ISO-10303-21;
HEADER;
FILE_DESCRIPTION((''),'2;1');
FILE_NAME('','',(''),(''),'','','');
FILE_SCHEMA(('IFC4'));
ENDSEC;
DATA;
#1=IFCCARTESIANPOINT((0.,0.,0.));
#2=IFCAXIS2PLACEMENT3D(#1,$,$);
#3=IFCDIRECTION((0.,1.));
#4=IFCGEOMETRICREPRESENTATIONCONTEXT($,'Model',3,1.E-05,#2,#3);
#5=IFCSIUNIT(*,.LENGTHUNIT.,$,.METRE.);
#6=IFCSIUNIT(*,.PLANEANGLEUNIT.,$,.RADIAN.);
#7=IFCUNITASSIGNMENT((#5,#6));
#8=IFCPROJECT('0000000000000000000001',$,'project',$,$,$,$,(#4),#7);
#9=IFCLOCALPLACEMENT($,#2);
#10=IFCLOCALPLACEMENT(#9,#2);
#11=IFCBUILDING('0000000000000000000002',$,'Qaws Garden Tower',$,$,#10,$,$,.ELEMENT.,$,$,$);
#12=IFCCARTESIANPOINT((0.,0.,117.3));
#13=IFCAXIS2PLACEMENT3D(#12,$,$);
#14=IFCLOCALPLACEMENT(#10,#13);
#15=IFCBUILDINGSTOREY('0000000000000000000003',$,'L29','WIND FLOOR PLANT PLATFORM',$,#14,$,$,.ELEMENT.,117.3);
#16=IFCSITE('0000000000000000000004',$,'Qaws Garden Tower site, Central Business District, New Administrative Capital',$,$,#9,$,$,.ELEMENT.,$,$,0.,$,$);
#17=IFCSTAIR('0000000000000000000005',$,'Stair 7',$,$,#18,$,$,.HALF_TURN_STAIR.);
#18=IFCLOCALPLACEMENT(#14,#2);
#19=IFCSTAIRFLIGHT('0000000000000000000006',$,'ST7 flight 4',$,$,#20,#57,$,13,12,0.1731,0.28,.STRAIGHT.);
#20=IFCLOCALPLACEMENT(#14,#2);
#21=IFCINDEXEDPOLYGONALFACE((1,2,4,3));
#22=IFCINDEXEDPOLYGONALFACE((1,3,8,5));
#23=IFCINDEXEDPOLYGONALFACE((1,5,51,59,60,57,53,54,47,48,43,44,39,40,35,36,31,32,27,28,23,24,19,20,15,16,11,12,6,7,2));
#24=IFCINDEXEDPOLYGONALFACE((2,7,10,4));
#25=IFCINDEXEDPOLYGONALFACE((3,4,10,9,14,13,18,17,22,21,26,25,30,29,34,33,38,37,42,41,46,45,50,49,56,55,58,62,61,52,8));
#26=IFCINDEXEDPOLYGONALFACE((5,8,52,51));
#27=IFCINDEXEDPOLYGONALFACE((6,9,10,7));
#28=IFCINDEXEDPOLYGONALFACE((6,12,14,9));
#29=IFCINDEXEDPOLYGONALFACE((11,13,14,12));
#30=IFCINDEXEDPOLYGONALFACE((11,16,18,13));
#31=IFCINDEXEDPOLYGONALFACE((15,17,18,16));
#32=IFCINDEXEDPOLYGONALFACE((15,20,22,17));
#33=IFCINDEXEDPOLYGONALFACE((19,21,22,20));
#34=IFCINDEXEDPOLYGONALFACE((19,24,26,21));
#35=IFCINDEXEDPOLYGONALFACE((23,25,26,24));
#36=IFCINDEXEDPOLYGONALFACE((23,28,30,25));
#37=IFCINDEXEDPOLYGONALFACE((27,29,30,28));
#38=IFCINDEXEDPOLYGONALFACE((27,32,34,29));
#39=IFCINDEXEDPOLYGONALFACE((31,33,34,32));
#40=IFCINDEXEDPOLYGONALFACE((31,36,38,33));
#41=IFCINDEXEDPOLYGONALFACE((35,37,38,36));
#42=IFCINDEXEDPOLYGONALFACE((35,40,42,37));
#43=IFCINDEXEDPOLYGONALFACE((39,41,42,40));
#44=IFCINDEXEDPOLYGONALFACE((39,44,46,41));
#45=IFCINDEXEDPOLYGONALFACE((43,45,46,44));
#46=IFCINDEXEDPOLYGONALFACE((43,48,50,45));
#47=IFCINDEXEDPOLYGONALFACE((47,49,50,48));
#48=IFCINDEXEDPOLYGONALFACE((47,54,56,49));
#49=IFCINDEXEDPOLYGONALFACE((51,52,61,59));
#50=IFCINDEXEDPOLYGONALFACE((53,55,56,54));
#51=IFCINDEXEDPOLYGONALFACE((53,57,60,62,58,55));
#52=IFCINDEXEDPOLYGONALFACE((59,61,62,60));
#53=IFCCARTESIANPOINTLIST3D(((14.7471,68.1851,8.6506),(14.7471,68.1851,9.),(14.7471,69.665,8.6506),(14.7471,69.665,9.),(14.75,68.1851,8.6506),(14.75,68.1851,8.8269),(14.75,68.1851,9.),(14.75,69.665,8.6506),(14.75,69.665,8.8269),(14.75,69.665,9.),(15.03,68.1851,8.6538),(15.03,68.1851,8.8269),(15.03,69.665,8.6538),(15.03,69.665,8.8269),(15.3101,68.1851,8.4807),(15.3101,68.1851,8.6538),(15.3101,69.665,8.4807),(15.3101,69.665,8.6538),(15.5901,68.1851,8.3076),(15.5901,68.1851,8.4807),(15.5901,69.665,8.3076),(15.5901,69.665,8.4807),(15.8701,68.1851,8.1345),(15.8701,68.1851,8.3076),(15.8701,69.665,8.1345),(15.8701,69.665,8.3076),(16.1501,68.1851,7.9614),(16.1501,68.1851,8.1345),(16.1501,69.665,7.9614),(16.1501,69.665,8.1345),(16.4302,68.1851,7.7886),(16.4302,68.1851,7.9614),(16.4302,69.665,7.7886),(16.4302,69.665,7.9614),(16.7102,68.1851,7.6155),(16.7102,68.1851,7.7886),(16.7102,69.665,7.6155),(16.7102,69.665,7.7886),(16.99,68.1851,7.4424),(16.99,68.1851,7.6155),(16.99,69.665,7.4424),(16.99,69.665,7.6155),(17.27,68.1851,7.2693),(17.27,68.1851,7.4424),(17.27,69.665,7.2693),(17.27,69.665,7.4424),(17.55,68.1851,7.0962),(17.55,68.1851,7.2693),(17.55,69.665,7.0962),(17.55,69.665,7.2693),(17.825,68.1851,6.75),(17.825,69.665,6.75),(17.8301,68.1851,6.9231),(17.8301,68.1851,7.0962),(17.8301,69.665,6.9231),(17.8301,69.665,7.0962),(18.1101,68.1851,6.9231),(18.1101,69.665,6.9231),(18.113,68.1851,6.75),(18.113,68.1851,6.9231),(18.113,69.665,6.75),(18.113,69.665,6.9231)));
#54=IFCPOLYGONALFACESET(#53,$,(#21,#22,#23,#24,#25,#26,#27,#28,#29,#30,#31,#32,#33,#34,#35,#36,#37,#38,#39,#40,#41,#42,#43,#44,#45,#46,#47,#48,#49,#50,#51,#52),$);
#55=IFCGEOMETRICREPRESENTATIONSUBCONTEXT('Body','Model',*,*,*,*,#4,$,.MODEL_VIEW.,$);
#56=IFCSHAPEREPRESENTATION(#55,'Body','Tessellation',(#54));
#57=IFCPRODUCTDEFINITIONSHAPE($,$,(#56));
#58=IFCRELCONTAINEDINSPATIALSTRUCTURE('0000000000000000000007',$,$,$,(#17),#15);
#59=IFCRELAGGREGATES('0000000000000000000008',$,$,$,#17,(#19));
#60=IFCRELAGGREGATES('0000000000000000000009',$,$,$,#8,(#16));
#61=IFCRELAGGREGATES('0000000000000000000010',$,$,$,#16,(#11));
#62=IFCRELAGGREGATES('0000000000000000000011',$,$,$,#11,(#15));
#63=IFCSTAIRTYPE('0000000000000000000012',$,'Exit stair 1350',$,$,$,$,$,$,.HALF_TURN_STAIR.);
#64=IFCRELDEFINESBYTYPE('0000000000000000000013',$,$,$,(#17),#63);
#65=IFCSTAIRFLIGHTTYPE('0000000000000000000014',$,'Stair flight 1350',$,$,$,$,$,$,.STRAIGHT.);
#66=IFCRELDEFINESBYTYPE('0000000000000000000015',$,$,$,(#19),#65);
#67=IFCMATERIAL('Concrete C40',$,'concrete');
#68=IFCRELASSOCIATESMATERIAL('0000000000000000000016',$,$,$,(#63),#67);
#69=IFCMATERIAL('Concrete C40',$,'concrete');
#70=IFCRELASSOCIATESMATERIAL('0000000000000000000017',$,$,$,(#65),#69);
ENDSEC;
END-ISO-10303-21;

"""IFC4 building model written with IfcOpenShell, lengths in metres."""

from ifc_helpers import new_model, si_unit, direction, frame, origin, place, context, subcontext, project, spatial, polyline, outline, extrude, material, type_object, element, aggregate, save


model = new_model("IFC4")

# Units and contexts
model_context = context("Model", 3, precision=1e-05, world=origin(), true_north=direction((0.0, 1.0)))
body_context = subcontext(model_context, "Body", "Model", "MODEL_VIEW")
ifc_project = project(units=[si_unit("LENGTHUNIT", "METRE"), si_unit("PLANEANGLEUNIT", "RADIAN")], contexts=[model_context])

# Site, building, storey
site_placement = place(None, origin())
site = spatial("IfcSite", under=ifc_project, at=site_placement, Name="Qaws Garden Tower site, Central Business District, New Administrative Capital", CompositionType="ELEMENT", RefElevation=0.0)
building_placement = place(site_placement, origin())
building = spatial("IfcBuilding", under=site, at=building_placement, Name="Qaws Garden Tower", CompositionType="ELEMENT")
storey_placement = place(building_placement, frame((0.0, 0.0, 117.3)))
storey = spatial("IfcBuildingStorey", under=building, at=storey_placement, Name="L29", Description="WIND FLOOR PLANT PLATFORM", CompositionType="ELEMENT", Elevation=117.3)

# Stair, stair flight
ifc_material_1 = material(Name="Concrete C40", Category="concrete")
stair_type = type_object("IfcStairType", Name="Exit stair 1350", PredefinedType="HALF_TURN_STAIR", material=ifc_material_1)
stair_placement = place(storey_placement, origin())
stair = element("IfcStair", 1, at=stair_placement, inside=storey, type_object=stair_type, Name="Stair 7", PredefinedType="HALF_TURN_STAIR")
ifc_material_2 = material(Name="Concrete C40", Category="concrete")
stair_flight_type = type_object("IfcStairFlightType", Name="Stair flight 1350", PredefinedType="STRAIGHT", material=ifc_material_2)
stair_flight_1_placement = place(storey_placement, frame((18.1101, 68.925, 6.75), z_axis=(0.0, 0.0, 1.0), x_axis=(-1.0, 0.0, 0.0)))
stair_flight_1 = element("IfcStairFlight", 2, at=stair_flight_1_placement, type_object=stair_flight_type, Name="ST7 flight 4", NumberOfRisers=13, NumberOfTreads=12, PredefinedType="STRAIGHT", RiserHeight=0.1731, TreadLength=0.28, context=body_context, shape_type="SweptSolid", body=[
    extrude(outline(polyline([(-0.0029, 0.0), (-0.0029, 0.1731), (0.0, 0.1731), (0.28, 0.1731), (0.28, 0.3462), (0.5601, 0.3462), (0.5601, 0.5193), (0.8401, 0.5193), (0.8401, 0.6924), (1.1201, 0.6924), (1.1201, 0.8655), (1.3999, 0.8655), (1.3999, 1.0386), (1.6799, 1.0386), (1.6799, 1.2114), (1.96, 1.2114), (1.96, 1.3845), (2.24, 1.3845), (2.24, 1.5576), (2.52, 1.5576), (2.52, 1.7307), (2.8, 1.7307), (2.8, 1.9038), (3.0801, 1.9038), (3.0801, 2.0769), (3.3601, 2.0769), (3.3601, 2.25), (3.363, 2.25), (3.363, 1.9006), (3.3601, 1.9006), (0.2852, 0.0), (-0.0029, 0.0)])), frame((0.0, 0.74, 0.0), z_axis=(0.0, -1.0, 0.0), x_axis=(1.0, 0.0, 0.0)), (0.0, 0.0, 1.0), 1.48),
])
aggregate(stair, [stair_flight_1])

save(model, "model.ifc")
